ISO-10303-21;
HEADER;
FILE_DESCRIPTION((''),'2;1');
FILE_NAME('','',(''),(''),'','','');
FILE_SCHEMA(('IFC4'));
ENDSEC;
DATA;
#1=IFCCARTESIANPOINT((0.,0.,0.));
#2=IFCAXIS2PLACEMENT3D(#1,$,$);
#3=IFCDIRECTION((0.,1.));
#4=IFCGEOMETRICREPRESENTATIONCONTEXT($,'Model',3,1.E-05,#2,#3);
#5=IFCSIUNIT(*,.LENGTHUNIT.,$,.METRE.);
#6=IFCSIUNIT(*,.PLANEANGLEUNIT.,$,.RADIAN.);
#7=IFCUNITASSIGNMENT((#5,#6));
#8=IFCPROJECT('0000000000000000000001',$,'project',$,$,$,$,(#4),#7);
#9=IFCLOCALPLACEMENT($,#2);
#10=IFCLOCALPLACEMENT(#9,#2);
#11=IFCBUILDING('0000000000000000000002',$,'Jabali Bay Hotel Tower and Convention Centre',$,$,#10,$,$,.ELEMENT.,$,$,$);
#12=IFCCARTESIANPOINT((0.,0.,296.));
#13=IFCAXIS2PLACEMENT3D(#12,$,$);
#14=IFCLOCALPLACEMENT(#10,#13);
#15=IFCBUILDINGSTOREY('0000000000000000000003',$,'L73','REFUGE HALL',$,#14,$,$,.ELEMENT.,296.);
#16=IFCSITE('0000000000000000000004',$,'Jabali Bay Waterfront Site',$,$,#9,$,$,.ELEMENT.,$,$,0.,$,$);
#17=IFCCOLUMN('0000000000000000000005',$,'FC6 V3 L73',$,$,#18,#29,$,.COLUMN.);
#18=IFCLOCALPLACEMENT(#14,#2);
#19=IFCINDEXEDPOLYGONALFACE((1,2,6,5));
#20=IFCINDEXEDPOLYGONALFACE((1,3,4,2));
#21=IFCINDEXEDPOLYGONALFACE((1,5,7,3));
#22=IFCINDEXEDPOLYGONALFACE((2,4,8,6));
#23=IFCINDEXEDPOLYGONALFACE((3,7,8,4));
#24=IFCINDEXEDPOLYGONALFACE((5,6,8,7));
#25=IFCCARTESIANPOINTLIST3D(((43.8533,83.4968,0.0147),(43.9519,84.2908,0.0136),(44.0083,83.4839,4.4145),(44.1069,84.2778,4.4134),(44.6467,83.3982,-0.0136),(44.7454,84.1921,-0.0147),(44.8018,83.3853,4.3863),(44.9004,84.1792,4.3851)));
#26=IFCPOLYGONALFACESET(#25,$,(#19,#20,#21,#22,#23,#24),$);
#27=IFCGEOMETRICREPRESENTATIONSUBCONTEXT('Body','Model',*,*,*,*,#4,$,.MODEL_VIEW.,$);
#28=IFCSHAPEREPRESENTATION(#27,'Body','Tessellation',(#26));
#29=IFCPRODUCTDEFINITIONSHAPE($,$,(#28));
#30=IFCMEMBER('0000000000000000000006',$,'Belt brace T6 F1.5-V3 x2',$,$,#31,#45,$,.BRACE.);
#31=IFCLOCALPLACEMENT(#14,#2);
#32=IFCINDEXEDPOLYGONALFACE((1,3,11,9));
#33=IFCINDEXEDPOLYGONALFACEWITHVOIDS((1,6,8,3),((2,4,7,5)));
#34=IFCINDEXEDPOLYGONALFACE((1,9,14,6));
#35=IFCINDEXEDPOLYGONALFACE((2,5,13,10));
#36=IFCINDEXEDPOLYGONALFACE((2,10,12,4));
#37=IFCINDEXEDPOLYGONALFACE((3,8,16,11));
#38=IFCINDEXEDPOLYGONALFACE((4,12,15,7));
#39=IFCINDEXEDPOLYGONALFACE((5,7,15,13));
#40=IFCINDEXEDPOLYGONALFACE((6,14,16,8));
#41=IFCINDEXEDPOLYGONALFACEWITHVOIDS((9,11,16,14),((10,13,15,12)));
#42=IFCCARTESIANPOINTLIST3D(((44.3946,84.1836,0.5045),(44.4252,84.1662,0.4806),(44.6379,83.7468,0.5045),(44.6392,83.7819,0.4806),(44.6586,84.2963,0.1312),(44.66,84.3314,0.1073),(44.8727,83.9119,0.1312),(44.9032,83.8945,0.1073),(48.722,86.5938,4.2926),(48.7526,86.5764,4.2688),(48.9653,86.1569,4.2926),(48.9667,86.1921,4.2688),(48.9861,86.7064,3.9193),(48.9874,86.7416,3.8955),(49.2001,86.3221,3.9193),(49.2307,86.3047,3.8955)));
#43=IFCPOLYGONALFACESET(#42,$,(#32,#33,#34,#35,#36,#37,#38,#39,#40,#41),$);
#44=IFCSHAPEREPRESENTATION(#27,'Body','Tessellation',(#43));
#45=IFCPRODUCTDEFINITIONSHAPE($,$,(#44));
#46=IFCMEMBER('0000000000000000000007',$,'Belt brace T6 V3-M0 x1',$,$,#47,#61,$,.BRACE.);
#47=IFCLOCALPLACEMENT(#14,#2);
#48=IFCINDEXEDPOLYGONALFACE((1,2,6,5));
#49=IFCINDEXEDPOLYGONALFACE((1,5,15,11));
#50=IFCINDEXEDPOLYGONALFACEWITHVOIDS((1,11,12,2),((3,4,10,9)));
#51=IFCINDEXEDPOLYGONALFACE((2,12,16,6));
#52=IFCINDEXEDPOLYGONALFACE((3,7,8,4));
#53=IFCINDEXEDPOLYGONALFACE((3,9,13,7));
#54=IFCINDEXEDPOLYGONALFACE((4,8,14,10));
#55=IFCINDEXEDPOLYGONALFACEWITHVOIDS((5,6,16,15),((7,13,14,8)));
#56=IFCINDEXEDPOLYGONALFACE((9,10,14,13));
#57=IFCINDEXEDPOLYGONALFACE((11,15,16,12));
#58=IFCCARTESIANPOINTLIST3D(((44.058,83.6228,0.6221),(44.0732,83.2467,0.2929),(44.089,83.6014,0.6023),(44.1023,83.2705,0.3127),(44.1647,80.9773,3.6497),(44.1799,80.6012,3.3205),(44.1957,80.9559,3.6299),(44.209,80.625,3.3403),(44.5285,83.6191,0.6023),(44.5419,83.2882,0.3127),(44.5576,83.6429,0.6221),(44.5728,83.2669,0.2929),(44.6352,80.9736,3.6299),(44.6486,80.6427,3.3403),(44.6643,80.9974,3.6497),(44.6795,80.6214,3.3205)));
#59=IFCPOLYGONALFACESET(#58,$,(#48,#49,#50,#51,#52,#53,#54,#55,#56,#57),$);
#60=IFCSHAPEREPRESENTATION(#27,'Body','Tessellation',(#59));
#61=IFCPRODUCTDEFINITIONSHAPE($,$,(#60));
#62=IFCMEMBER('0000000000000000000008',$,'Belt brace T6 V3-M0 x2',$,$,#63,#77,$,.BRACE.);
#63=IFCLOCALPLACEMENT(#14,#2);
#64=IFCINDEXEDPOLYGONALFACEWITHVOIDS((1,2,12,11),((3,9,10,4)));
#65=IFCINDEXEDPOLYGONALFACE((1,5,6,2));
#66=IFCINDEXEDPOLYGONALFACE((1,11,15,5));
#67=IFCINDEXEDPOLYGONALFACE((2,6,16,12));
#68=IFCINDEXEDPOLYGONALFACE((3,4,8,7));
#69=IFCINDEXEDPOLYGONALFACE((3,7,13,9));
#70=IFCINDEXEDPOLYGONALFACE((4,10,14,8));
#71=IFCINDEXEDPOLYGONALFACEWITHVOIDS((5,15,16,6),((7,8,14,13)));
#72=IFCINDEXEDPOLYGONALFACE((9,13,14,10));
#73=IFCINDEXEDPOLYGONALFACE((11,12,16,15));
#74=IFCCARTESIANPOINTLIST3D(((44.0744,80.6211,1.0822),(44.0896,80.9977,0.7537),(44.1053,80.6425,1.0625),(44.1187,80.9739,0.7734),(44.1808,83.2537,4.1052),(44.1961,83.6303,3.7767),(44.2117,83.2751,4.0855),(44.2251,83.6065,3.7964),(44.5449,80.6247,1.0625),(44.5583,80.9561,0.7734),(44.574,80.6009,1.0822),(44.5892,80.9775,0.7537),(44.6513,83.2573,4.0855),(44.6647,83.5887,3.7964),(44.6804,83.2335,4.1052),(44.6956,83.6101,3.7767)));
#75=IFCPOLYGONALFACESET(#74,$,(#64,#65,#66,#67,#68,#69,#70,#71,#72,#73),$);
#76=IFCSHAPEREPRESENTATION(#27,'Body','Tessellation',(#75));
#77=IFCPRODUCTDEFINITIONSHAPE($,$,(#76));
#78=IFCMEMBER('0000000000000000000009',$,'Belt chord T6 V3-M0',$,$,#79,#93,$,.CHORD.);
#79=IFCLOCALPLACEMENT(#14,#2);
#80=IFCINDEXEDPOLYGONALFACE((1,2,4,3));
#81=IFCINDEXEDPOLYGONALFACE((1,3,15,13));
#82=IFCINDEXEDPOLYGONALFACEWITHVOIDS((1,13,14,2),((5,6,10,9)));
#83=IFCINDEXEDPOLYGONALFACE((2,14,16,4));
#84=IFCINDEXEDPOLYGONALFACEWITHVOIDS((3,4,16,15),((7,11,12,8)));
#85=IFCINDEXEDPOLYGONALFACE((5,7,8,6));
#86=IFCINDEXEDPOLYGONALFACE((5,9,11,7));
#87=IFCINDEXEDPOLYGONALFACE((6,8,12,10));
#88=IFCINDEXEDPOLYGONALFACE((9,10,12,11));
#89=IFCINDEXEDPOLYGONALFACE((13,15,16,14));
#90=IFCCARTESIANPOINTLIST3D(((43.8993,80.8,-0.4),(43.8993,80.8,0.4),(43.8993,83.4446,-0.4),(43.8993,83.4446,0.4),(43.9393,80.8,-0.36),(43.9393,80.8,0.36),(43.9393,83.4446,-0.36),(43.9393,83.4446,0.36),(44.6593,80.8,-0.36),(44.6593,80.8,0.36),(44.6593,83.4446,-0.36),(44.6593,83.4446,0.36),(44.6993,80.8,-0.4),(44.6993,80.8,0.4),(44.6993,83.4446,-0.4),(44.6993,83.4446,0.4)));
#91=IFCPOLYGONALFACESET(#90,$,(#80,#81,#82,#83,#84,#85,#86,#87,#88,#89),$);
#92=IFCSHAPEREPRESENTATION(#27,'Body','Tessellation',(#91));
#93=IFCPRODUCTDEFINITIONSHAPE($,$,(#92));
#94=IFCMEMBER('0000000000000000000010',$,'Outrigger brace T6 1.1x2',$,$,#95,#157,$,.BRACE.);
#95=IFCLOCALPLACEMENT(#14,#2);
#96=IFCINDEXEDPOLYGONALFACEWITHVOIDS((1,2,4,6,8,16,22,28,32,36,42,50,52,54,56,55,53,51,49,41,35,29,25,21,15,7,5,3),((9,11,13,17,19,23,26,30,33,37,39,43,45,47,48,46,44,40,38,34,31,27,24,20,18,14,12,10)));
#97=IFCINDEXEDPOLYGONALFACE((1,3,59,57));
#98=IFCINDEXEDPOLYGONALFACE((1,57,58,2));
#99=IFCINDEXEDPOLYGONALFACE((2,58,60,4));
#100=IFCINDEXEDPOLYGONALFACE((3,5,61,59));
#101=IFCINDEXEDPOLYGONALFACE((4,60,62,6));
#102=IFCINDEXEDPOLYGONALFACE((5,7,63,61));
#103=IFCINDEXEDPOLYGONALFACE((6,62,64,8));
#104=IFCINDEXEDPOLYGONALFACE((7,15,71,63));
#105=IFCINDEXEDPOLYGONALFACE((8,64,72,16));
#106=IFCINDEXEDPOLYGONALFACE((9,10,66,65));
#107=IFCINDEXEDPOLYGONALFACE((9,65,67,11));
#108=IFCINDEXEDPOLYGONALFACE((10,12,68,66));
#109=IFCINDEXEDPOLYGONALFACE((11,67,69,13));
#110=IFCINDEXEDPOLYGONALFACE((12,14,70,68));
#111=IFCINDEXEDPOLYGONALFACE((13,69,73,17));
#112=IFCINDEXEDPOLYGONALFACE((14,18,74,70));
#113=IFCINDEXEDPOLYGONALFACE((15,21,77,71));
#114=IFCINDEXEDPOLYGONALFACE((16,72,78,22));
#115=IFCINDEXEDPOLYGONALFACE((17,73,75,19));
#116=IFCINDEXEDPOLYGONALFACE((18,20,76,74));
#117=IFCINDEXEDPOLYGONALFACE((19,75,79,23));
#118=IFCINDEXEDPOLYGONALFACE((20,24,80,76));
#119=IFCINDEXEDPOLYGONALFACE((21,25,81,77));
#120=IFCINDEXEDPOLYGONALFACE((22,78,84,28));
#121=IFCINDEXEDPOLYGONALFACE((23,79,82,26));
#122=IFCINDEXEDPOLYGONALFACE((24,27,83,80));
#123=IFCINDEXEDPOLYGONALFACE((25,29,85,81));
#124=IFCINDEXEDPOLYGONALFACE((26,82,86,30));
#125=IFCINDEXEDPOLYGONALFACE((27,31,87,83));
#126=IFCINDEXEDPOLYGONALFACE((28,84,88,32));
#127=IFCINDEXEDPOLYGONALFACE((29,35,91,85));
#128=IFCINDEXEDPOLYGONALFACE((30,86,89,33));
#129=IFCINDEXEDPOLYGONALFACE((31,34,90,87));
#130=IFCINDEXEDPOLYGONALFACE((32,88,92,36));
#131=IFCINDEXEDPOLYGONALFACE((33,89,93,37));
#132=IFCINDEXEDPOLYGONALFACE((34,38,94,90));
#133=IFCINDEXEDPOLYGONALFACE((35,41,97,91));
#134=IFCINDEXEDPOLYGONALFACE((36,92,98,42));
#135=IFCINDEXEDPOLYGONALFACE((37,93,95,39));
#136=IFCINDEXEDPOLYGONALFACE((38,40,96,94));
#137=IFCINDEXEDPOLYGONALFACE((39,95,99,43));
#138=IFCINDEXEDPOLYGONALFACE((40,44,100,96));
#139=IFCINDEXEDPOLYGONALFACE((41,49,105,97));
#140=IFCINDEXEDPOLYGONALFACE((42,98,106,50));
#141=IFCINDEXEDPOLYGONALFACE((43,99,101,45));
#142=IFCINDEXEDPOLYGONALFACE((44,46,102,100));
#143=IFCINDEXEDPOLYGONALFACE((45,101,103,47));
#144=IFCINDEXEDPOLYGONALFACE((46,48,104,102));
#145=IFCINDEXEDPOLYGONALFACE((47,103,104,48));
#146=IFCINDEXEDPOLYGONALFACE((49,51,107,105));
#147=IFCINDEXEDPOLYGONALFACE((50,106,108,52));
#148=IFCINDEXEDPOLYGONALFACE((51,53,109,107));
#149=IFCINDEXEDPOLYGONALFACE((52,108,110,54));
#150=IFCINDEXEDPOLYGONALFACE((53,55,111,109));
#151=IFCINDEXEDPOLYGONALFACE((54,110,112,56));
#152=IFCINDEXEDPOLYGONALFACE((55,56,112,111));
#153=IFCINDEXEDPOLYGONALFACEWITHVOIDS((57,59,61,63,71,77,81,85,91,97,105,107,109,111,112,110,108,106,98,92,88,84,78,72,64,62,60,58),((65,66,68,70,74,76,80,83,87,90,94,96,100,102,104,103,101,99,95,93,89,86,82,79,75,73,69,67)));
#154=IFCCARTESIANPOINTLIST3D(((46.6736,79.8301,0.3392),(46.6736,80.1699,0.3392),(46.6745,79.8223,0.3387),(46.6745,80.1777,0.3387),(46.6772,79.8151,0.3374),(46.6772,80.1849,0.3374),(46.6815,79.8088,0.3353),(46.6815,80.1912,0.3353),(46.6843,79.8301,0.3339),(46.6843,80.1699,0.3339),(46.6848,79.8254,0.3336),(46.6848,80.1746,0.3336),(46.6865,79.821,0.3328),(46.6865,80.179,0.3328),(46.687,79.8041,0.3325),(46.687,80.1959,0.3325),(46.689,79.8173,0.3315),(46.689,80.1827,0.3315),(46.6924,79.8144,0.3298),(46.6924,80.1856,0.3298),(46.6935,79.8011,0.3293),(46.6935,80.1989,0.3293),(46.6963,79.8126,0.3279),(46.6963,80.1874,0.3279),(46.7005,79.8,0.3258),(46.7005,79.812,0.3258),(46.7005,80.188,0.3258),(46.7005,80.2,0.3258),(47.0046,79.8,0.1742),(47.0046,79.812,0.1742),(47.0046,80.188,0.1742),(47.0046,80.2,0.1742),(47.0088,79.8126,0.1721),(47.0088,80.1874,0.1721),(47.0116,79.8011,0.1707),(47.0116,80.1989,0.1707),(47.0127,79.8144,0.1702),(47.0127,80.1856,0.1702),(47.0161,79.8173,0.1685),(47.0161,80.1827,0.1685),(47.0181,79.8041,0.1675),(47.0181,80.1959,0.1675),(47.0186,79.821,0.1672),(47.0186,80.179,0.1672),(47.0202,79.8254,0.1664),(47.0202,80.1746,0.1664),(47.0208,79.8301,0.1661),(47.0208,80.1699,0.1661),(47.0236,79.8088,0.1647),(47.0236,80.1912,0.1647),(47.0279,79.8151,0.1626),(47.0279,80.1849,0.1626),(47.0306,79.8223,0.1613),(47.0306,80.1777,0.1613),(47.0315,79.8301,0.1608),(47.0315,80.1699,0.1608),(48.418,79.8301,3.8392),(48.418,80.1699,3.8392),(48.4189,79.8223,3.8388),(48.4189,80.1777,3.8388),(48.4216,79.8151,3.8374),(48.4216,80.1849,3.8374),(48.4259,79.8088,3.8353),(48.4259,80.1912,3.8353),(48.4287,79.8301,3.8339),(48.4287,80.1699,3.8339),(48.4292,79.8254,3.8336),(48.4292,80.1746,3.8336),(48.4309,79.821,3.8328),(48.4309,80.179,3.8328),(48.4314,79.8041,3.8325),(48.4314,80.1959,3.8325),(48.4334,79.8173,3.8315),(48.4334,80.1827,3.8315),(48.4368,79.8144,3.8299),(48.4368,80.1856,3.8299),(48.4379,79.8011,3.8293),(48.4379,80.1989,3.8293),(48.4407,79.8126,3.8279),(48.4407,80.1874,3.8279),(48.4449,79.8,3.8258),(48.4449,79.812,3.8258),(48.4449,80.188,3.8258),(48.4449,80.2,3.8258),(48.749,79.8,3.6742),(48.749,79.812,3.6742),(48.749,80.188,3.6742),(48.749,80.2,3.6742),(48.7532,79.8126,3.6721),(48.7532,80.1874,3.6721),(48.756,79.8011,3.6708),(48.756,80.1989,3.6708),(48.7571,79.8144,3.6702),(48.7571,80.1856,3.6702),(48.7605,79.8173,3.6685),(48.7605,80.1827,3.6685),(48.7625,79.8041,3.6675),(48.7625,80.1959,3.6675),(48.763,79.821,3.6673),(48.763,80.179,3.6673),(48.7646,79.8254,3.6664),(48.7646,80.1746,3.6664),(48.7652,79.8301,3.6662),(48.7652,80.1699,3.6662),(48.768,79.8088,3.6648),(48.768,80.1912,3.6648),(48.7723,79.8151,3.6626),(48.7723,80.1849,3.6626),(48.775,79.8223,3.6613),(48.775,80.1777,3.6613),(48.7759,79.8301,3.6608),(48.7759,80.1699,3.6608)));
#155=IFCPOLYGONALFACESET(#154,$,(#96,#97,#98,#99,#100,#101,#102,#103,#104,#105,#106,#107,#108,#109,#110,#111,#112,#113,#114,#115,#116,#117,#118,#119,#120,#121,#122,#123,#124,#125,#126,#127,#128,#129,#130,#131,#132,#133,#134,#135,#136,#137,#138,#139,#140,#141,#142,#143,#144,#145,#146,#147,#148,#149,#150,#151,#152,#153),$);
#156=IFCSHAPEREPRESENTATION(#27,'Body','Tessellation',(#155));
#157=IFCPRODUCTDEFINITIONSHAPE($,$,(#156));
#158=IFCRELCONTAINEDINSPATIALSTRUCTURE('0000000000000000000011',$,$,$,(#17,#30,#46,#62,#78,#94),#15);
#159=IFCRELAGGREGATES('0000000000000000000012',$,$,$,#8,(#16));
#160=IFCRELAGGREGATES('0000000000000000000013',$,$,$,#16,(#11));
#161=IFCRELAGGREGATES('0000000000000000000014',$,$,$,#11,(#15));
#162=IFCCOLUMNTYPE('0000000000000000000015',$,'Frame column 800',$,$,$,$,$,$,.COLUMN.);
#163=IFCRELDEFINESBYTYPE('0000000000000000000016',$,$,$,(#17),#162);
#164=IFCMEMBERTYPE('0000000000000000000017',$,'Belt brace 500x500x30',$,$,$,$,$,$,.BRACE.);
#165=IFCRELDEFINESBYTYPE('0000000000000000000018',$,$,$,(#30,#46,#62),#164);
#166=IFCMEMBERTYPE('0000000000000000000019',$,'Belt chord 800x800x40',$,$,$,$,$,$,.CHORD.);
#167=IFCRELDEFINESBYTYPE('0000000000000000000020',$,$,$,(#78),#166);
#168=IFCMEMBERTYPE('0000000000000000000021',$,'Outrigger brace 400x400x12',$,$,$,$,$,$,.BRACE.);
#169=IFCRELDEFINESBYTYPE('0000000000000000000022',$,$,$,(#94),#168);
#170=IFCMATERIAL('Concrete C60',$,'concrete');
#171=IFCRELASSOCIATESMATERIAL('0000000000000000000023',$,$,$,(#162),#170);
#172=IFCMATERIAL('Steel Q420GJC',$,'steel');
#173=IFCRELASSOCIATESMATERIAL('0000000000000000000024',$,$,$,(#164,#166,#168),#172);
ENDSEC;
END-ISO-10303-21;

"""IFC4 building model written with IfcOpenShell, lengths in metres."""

from ifc_helpers import new_model, si_unit, direction, frame, origin, origin_2d, place, context, subcontext, project, spatial, rectangle, hollow_rectangle, extrude, material, material_profile, profile_set, type_object, element, save


model = new_model("IFC4")

# Units and contexts
model_context = context("Model", 3, precision=1e-05, world=origin(), true_north=direction((0.0, 1.0)))
body_context = subcontext(model_context, "Body", "Model", "MODEL_VIEW")
ifc_project = project(units=[si_unit("LENGTHUNIT", "METRE"), si_unit("PLANEANGLEUNIT", "RADIAN")], contexts=[model_context])

# Site, building, storey
site_placement = place(None, origin())
site = spatial("IfcSite", under=ifc_project, at=site_placement, Name="Jabali Bay Waterfront Site", CompositionType="ELEMENT", RefElevation=0.0)
building_placement = place(site_placement, origin())
building = spatial("IfcBuilding", under=site, at=building_placement, Name="Jabali Bay Hotel Tower and Convention Centre", CompositionType="ELEMENT")
storey_placement = place(building_placement, frame((0.0, 0.0, 296.0)))
storey = spatial("IfcBuildingStorey", under=building, at=storey_placement, Name="L73", Description="REFUGE HALL", CompositionType="ELEMENT", Elevation=296.0)

# Column
ifc_material_1 = material(Name="Concrete C60", Category="concrete")
ifc_material_profile_1 = material_profile(ifc_material_1, rectangle(XDim=0.8, YDim=0.8, at=origin_2d()), Name="Frame column 800")
ifc_profile_set_1 = profile_set([ifc_material_profile_1], Name="Concrete C60")
column_type = type_object("IfcColumnType", Name="Frame column 800", PredefinedType="COLUMN", material=ifc_profile_set_1)
column_placement = place(storey_placement, frame((44.2993, 83.8445, 0.0), z_axis=(0.035213, -0.002939, 0.999376), x_axis=(-0.991747, 0.123255, 0.035306)))
element("IfcColumn", 1, at=column_placement, inside=storey, type_object=column_type, Name="FC6 V3 L73", PredefinedType="COLUMN", context=body_context, shape_type="SweptSolid", body=[
    extrude(rectangle(XDim=0.8, YDim=0.8, at=origin_2d()), origin(), (0.0, 0.0, 1.0), 4.4026),
])

# Members
ifc_material_2 = material(Name="Steel Q420GJC", Category="steel")
ifc_material_profile_2 = material_profile(ifc_material_2, hollow_rectangle(XDim=0.5, YDim=0.5, WallThickness=0.03, at=origin_2d()), Name="Belt brace 500x500x30")
ifc_profile_set_2 = profile_set([ifc_material_profile_2], Name="Steel Q420GJC")
member_type_1 = type_object("IfcMemberType", Name="Belt brace 500x500x30", PredefinedType="BRACE", material=ifc_profile_set_2)
member_1_placement = place(storey_placement, frame((44.6489, 84.0391, 0.3059), z_axis=(0.693963, 0.386505, 0.607477), x_axis=(-0.486576, 0.873638, 0.0)))
element("IfcMember", 2, at=member_1_placement, inside=storey, type_object=member_type_1, Name="Belt brace T6 F1.5-V3 x2", PredefinedType="BRACE", context=body_context, shape_type="SweptSolid", body=[
    extrude(hollow_rectangle(XDim=0.5, YDim=0.5, WallThickness=0.03, at=origin_2d()), origin(), (0.0, 0.0, 1.0), 6.2358),
])
member_2_placement = place(storey_placement, frame((44.3154, 83.4448, 0.4575), z_axis=(0.026527, -0.657761, 0.752759), x_axis=(0.999188, 0.040296, 0.0)))
element("IfcMember", 3, at=member_2_placement, inside=storey, type_object=member_type_1, Name="Belt brace T6 V3-M0 x1", PredefinedType="BRACE", context=body_context, shape_type="SweptSolid", body=[
    extrude(hollow_rectangle(XDim=0.5, YDim=0.5, WallThickness=0.03, at=origin_2d()), origin(), (0.0, 0.0, 1.0), 4.022),
])
member_3_placement = place(storey_placement, frame((44.3318, 80.7993, 0.918), z_axis=(0.026545, 0.656504, 0.753856), x_axis=(-0.999184, 0.040401, 0.0)))
element("IfcMember", 4, at=member_3_placement, inside=storey, type_object=member_type_1, Name="Belt brace T6 V3-M0 x2", PredefinedType="BRACE", context=body_context, shape_type="SweptSolid", body=[
    extrude(hollow_rectangle(XDim=0.5, YDim=0.5, WallThickness=0.03, at=origin_2d()), origin(), (0.0, 0.0, 1.0), 4.01),
])
ifc_material_profile_3 = material_profile(ifc_material_2, hollow_rectangle(XDim=0.8, YDim=0.8, WallThickness=0.04, at=origin_2d()), Name="Belt chord 800x800x40")
ifc_profile_set_3 = profile_set([ifc_material_profile_3], Name="Steel Q420GJC")
member_type_2 = type_object("IfcMemberType", Name="Belt chord 800x800x40", PredefinedType="CHORD", material=ifc_profile_set_3)
member_4_placement = place(storey_placement, frame((44.2993, 83.4446, 0.0), z_axis=(0.0, -1.0, 0.0), x_axis=(1.0, 0.0, 0.0)))
element("IfcMember", 5, at=member_4_placement, inside=storey, type_object=member_type_2, Name="Belt chord T6 V3-M0", PredefinedType="CHORD", context=body_context, shape_type="SweptSolid", body=[
    extrude(hollow_rectangle(XDim=0.8, YDim=0.8, WallThickness=0.04, at=origin_2d()), origin(), (0.0, 0.0, 1.0), 2.6445),
])
ifc_material_profile_4 = material_profile(ifc_material_2, hollow_rectangle(XDim=0.3999, YDim=0.3999, WallThickness=0.012, InnerFilletRadius=0.0181, OuterFilletRadius=0.03, at=origin_2d()), Name="Outrigger brace 400x400x12")
ifc_profile_set_4 = profile_set([ifc_material_profile_4], Name="Steel Q420GJC")
member_type_3 = type_object("IfcMemberType", Name="Outrigger brace 400x400x12", PredefinedType="BRACE", material=ifc_profile_set_4)
member_5_placement = place(storey_placement, frame((46.8525, 80.0, 0.25), z_axis=(0.446065, 0.0, 0.895001), x_axis=(0.0, 1.0, 0.0)))
element("IfcMember", 6, at=member_5_placement, inside=storey, type_object=member_type_3, Name="Outrigger brace T6 1.1x2", PredefinedType="BRACE", context=body_context, shape_type="SweptSolid", body=[
    extrude(hollow_rectangle(XDim=0.3999, YDim=0.3999, WallThickness=0.012, InnerFilletRadius=0.0181, OuterFilletRadius=0.03, at=origin_2d()), origin(), (0.0, 0.0, 1.0), 3.9106),
])

save(model, "model.ifc")
